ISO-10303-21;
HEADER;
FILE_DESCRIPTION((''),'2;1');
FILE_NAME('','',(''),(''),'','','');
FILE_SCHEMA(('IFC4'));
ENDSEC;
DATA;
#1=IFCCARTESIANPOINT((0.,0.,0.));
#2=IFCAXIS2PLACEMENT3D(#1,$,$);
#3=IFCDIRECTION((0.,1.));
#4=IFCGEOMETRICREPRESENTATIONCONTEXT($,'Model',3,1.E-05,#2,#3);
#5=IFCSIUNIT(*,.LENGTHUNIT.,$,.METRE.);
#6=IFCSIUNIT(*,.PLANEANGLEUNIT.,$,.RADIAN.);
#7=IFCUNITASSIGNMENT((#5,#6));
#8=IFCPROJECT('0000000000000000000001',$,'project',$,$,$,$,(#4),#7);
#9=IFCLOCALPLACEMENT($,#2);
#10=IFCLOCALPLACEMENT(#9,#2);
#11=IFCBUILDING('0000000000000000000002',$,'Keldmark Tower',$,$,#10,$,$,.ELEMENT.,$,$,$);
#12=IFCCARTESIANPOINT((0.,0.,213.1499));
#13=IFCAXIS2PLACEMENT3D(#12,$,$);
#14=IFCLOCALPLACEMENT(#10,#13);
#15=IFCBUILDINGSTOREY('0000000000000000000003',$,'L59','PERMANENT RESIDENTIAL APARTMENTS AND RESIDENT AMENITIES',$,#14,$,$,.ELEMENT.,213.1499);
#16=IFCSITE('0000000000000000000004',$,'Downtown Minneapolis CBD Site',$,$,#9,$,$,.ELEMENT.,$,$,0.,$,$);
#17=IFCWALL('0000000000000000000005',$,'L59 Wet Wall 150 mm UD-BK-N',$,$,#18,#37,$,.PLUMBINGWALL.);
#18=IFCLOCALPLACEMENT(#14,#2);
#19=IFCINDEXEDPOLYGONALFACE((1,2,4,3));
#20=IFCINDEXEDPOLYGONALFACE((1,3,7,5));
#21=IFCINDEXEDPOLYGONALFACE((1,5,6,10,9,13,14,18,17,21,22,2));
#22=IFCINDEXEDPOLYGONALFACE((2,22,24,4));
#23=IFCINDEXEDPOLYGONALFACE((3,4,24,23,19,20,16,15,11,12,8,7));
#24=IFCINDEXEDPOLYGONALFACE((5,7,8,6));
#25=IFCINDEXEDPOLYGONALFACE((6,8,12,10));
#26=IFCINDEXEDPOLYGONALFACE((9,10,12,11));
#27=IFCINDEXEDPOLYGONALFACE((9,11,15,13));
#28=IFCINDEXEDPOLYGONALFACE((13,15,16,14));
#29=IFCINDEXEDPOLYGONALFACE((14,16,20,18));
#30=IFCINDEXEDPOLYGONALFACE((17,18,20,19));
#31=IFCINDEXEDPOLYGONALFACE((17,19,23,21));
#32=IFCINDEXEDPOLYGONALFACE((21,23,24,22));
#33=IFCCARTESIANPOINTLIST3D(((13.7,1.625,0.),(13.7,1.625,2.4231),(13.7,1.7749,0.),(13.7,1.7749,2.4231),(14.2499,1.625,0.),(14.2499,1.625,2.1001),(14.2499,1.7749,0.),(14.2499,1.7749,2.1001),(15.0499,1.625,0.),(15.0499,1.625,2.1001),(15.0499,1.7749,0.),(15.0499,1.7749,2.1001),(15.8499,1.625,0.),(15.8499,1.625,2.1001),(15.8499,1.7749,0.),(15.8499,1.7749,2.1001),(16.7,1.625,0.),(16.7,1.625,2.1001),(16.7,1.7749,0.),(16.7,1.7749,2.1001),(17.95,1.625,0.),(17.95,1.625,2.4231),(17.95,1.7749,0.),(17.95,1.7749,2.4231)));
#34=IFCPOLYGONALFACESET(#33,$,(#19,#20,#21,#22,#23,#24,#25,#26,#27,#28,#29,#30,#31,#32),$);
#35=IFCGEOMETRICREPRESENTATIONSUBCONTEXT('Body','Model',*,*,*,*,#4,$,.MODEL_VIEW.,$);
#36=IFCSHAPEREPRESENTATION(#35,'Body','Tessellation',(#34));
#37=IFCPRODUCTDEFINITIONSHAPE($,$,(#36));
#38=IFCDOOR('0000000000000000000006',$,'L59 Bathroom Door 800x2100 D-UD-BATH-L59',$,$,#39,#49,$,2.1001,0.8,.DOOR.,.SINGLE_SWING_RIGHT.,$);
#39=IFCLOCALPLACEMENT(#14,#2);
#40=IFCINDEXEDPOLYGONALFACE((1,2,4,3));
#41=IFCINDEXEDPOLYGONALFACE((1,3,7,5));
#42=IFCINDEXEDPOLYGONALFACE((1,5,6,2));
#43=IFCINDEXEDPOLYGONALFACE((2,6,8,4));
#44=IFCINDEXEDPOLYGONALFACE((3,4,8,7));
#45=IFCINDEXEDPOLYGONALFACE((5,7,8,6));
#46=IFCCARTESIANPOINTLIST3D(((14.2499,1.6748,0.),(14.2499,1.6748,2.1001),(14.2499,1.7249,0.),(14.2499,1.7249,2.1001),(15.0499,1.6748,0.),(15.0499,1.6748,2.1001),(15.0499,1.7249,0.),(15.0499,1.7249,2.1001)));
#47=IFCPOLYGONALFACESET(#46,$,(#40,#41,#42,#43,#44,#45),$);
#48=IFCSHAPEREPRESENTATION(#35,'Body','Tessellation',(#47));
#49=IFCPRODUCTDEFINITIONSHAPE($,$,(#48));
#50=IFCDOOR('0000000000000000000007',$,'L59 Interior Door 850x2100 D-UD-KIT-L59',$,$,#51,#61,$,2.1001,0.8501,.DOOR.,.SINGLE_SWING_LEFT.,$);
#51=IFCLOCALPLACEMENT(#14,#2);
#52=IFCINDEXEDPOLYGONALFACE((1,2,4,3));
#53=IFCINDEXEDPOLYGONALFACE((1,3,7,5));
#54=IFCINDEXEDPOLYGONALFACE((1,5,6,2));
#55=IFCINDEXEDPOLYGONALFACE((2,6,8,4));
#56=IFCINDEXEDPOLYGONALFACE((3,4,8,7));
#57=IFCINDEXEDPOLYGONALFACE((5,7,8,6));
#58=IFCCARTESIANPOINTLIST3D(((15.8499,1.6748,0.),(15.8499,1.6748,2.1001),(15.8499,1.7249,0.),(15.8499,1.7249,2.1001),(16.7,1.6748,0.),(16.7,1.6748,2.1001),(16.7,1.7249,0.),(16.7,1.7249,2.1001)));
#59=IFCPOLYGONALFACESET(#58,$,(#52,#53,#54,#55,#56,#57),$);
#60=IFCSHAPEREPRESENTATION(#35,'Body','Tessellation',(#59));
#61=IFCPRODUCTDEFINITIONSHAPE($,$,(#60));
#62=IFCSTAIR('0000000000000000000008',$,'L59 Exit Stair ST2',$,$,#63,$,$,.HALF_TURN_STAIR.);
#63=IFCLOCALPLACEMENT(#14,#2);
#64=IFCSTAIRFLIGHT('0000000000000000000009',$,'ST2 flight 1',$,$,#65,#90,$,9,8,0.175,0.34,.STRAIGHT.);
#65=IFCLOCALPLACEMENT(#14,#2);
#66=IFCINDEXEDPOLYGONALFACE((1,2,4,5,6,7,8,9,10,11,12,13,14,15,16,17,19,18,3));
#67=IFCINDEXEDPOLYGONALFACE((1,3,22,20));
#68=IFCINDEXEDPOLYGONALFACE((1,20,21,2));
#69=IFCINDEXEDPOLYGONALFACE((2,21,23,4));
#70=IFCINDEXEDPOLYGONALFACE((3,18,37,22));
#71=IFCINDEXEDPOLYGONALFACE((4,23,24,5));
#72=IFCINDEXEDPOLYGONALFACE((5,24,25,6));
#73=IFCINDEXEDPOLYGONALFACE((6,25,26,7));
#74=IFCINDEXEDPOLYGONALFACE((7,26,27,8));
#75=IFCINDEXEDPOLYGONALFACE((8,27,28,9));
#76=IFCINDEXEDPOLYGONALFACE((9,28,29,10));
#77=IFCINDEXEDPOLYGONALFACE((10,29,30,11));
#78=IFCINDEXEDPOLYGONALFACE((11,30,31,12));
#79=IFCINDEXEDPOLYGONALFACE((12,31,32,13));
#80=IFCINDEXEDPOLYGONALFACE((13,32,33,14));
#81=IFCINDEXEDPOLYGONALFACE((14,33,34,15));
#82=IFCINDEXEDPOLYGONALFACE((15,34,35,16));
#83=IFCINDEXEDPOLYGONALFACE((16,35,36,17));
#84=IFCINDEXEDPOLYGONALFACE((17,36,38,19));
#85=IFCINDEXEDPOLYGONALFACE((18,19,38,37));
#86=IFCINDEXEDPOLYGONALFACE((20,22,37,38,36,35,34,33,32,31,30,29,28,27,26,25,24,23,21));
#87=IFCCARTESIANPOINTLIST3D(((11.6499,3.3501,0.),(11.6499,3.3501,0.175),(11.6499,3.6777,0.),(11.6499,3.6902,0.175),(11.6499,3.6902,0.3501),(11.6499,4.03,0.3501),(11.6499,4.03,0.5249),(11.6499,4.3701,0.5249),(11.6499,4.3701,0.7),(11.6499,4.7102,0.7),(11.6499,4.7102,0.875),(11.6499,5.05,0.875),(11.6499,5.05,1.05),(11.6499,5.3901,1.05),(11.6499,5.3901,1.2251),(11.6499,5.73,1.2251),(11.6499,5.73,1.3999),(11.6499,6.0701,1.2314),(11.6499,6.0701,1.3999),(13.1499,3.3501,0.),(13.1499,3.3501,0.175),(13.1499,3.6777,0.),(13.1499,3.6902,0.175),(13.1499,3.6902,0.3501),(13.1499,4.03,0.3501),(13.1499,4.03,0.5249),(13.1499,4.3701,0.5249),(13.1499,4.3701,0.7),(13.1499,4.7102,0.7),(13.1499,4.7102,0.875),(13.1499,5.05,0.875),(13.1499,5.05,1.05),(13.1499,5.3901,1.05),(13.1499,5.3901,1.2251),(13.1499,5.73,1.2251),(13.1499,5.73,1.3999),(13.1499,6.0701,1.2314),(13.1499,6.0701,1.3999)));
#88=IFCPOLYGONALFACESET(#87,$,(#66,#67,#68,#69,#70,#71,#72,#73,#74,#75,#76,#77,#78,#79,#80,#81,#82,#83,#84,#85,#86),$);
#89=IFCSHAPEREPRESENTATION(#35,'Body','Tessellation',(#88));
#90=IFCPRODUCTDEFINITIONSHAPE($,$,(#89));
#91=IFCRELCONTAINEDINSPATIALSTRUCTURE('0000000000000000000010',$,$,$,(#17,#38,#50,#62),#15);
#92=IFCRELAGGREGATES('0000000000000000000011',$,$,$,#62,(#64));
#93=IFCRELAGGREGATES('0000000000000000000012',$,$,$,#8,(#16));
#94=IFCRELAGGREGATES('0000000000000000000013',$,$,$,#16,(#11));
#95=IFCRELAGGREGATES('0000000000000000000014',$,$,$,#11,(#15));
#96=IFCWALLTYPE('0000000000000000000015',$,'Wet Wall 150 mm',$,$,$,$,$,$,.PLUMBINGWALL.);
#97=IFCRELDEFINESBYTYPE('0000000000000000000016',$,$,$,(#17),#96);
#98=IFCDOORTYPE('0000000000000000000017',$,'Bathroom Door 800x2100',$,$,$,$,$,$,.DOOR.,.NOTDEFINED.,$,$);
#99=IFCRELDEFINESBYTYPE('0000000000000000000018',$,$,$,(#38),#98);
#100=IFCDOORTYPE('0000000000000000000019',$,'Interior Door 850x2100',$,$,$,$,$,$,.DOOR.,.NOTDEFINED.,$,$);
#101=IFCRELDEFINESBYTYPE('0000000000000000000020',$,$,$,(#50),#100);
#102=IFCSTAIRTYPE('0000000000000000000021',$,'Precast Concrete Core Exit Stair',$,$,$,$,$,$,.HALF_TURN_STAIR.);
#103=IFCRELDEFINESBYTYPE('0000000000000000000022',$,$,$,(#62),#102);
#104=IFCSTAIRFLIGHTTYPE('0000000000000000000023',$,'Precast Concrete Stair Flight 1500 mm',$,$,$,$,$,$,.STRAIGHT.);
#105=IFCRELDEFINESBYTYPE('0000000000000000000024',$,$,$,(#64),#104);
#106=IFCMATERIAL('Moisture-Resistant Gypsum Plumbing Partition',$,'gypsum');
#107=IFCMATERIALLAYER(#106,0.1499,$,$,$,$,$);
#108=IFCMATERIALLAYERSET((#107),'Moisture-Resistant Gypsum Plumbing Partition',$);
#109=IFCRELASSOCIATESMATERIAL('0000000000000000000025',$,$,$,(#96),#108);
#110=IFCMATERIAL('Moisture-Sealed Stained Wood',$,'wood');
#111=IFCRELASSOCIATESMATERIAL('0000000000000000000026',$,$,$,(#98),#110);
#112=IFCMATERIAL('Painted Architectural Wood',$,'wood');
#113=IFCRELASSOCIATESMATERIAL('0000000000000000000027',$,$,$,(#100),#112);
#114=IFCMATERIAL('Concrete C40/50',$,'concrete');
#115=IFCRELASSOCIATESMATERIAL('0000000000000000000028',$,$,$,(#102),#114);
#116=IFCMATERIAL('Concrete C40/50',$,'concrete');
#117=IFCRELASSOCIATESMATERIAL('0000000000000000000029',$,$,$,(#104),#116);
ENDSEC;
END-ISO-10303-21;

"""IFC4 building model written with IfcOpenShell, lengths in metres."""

from ifc_helpers import new_model, si_unit, direction, frame, frame_2d, origin, place, context, subcontext, project, spatial, polyline, rectangle, outline, extrude, material, layer, layer_set, type_object, element, fill, aggregate, save


model = new_model("IFC4")

# Units and contexts
model_context = context("Model", 3, precision=1e-05, world=origin(), true_north=direction((0.0, 1.0)))
body_context = subcontext(model_context, "Body", "Model", "MODEL_VIEW")
ifc_project = project(units=[si_unit("LENGTHUNIT", "METRE"), si_unit("PLANEANGLEUNIT", "RADIAN")], contexts=[model_context])

# Site, building, storey
site_placement = place(None, origin())
site = spatial("IfcSite", under=ifc_project, at=site_placement, Name="Downtown Minneapolis CBD Site", CompositionType="ELEMENT", RefElevation=0.0)
building_placement = place(site_placement, origin())
building = spatial("IfcBuilding", under=site, at=building_placement, Name="Keldmark Tower", CompositionType="ELEMENT")
storey_placement = place(building_placement, frame((0.0, 0.0, 213.1499)))
storey = spatial("IfcBuildingStorey", under=building, at=storey_placement, Name="L59", Description="PERMANENT RESIDENTIAL APARTMENTS AND RESIDENT AMENITIES", CompositionType="ELEMENT", Elevation=213.1499)

# Wall, openings, doors
ifc_material_1 = material(Name="Moisture-Resistant Gypsum Plumbing Partition", Category="gypsum")
ifc_layer_1 = layer(ifc_material_1, 0.1499)
ifc_layer_set_1 = layer_set([ifc_layer_1], Name="Moisture-Resistant Gypsum Plumbing Partition")
wall_type_1 = type_object("IfcWallType", Name="Wet Wall 150 mm", PredefinedType="PLUMBINGWALL", material=ifc_layer_set_1)
wall_1_placement = place(storey_placement, frame((13.7, 1.7, 0.0), z_axis=(0.0, 0.0, 1.0), x_axis=(1.0, 0.0, 0.0)))
wall_1 = element("IfcWall", 1, at=wall_1_placement, inside=storey, type_object=wall_type_1, Name="L59 Wet Wall 150 mm UD-BK-N", PredefinedType="PLUMBINGWALL", context=body_context, shape_type="SweptSolid", body=[
    extrude(rectangle(XDim=4.25, YDim=0.1499, at=frame_2d((2.125, 0.0))), origin(), (0.0, 0.0, 1.0), 2.4231),
])
opening_1_placement = place(wall_1_placement, frame((0.55, 0.0, 0.0)))
opening_1 = element("IfcOpeningElement", 2, at=opening_1_placement, cuts=wall_1, PredefinedType="OPENING", context=body_context, shape_type="SweptSolid", body=[
    extrude(rectangle(XDim=0.8, YDim=2.1001, at=frame_2d((0.3999, 1.05))), frame((0.0, 0.085, 0.0), z_axis=(0.0, -1.0, 0.0), x_axis=(1.0, 0.0, 0.0)), (0.0, 0.0, 1.0), 0.1699),
])
opening_2_placement = place(wall_1_placement, frame((2.1499, 0.0, 0.0)))
opening_2 = element("IfcOpeningElement", 3, at=opening_2_placement, cuts=wall_1, PredefinedType="OPENING", context=body_context, shape_type="SweptSolid", body=[
    extrude(rectangle(XDim=0.8501, YDim=2.1001, at=frame_2d((0.425, 1.05))), frame((0.0, 0.085, 0.0), z_axis=(0.0, -1.0, 0.0), x_axis=(1.0, 0.0, 0.0)), (0.0, 0.0, 1.0), 0.1699),
])
ifc_material_2 = material(Name="Moisture-Sealed Stained Wood", Category="wood")
door_type_1 = type_object("IfcDoorType", Name="Bathroom Door 800x2100", OperationType="NOTDEFINED", PredefinedType="DOOR", material=ifc_material_2)
door_1_placement = place(opening_1_placement, origin())
door_1 = element("IfcDoor", 4, at=door_1_placement, inside=storey, type_object=door_type_1, Name="L59 Bathroom Door 800x2100 D-UD-BATH-L59", OperationType="SINGLE_SWING_RIGHT", OverallHeight=2.1001, OverallWidth=0.8, PredefinedType="DOOR", context=body_context, shape_type="SweptSolid", body=[
    extrude(rectangle(XDim=0.8, YDim=2.1001, at=frame_2d((0.3999, 1.05))), frame((0.0, 0.0249, 0.0), z_axis=(0.0, -1.0, 0.0), x_axis=(1.0, 0.0, 0.0)), (0.0, 0.0, 1.0), 0.05),
])
fill(opening_1, door_1)
ifc_material_3 = material(Name="Painted Architectural Wood", Category="wood")
door_type_2 = type_object("IfcDoorType", Name="Interior Door 850x2100", OperationType="NOTDEFINED", PredefinedType="DOOR", material=ifc_material_3)
door_2_placement = place(opening_2_placement, origin())
door_2 = element("IfcDoor", 5, at=door_2_placement, inside=storey, type_object=door_type_2, Name="L59 Interior Door 850x2100 D-UD-KIT-L59", OperationType="SINGLE_SWING_LEFT", OverallHeight=2.1001, OverallWidth=0.8501, PredefinedType="DOOR", context=body_context, shape_type="SweptSolid", body=[
    extrude(rectangle(XDim=0.8501, YDim=2.1001, at=frame_2d((0.425, 1.05))), frame((0.0, 0.0249, 0.0), z_axis=(0.0, -1.0, 0.0), x_axis=(1.0, 0.0, 0.0)), (0.0, 0.0, 1.0), 0.05),
])
fill(opening_2, door_2)

# Stair, stair flight
ifc_material_4 = material(Name="Concrete C40/50", Category="concrete")
stair_type = type_object("IfcStairType", Name="Precast Concrete Core Exit Stair", PredefinedType="HALF_TURN_STAIR", material=ifc_material_4)
stair_placement = place(storey_placement, origin())
stair = element("IfcStair", 6, at=stair_placement, inside=storey, type_object=stair_type, Name="L59 Exit Stair ST2", PredefinedType="HALF_TURN_STAIR")
ifc_material_5 = material(Name="Concrete C40/50", Category="concrete")
stair_flight_type = type_object("IfcStairFlightType", Name="Precast Concrete Stair Flight 1500 mm", PredefinedType="STRAIGHT", material=ifc_material_5)
stair_flight_placement = place(storey_placement, frame((12.3999, 3.3501, 0.0), z_axis=(0.0, 0.0, 1.0), x_axis=(0.0, 1.0, 0.0)))
stair_flight = element("IfcStairFlight", 7, at=stair_flight_placement, type_object=stair_flight_type, Name="ST2 flight 1", NumberOfRisers=9, NumberOfTreads=8, PredefinedType="STRAIGHT", RiserHeight=0.175, TreadLength=0.34, context=body_context, shape_type="SweptSolid", body=[
    extrude(outline(polyline([(0.0, 0.0), (0.0, 0.175), (0.3401, 0.175), (0.3401, 0.3501), (0.6799, 0.3501), (0.6799, 0.5249), (1.02, 0.5249), (1.02, 0.7), (1.3601, 0.7), (1.3601, 0.875), (1.7, 0.875), (1.7, 1.05), (2.04, 1.05), (2.04, 1.2251), (2.3799, 1.2251), (2.3799, 1.3999), (2.72, 1.3999), (2.72, 1.575), (2.72, 1.2314), (0.3276, 0.0), (0.0, 0.0)])), frame((0.0, 0.75, 0.0), z_axis=(0.0, -1.0, 0.0), x_axis=(1.0, 0.0, 0.0)), (0.0, 0.0, 1.0), 1.5),
])
aggregate(stair, [stair_flight])

save(model, "model.ifc")
